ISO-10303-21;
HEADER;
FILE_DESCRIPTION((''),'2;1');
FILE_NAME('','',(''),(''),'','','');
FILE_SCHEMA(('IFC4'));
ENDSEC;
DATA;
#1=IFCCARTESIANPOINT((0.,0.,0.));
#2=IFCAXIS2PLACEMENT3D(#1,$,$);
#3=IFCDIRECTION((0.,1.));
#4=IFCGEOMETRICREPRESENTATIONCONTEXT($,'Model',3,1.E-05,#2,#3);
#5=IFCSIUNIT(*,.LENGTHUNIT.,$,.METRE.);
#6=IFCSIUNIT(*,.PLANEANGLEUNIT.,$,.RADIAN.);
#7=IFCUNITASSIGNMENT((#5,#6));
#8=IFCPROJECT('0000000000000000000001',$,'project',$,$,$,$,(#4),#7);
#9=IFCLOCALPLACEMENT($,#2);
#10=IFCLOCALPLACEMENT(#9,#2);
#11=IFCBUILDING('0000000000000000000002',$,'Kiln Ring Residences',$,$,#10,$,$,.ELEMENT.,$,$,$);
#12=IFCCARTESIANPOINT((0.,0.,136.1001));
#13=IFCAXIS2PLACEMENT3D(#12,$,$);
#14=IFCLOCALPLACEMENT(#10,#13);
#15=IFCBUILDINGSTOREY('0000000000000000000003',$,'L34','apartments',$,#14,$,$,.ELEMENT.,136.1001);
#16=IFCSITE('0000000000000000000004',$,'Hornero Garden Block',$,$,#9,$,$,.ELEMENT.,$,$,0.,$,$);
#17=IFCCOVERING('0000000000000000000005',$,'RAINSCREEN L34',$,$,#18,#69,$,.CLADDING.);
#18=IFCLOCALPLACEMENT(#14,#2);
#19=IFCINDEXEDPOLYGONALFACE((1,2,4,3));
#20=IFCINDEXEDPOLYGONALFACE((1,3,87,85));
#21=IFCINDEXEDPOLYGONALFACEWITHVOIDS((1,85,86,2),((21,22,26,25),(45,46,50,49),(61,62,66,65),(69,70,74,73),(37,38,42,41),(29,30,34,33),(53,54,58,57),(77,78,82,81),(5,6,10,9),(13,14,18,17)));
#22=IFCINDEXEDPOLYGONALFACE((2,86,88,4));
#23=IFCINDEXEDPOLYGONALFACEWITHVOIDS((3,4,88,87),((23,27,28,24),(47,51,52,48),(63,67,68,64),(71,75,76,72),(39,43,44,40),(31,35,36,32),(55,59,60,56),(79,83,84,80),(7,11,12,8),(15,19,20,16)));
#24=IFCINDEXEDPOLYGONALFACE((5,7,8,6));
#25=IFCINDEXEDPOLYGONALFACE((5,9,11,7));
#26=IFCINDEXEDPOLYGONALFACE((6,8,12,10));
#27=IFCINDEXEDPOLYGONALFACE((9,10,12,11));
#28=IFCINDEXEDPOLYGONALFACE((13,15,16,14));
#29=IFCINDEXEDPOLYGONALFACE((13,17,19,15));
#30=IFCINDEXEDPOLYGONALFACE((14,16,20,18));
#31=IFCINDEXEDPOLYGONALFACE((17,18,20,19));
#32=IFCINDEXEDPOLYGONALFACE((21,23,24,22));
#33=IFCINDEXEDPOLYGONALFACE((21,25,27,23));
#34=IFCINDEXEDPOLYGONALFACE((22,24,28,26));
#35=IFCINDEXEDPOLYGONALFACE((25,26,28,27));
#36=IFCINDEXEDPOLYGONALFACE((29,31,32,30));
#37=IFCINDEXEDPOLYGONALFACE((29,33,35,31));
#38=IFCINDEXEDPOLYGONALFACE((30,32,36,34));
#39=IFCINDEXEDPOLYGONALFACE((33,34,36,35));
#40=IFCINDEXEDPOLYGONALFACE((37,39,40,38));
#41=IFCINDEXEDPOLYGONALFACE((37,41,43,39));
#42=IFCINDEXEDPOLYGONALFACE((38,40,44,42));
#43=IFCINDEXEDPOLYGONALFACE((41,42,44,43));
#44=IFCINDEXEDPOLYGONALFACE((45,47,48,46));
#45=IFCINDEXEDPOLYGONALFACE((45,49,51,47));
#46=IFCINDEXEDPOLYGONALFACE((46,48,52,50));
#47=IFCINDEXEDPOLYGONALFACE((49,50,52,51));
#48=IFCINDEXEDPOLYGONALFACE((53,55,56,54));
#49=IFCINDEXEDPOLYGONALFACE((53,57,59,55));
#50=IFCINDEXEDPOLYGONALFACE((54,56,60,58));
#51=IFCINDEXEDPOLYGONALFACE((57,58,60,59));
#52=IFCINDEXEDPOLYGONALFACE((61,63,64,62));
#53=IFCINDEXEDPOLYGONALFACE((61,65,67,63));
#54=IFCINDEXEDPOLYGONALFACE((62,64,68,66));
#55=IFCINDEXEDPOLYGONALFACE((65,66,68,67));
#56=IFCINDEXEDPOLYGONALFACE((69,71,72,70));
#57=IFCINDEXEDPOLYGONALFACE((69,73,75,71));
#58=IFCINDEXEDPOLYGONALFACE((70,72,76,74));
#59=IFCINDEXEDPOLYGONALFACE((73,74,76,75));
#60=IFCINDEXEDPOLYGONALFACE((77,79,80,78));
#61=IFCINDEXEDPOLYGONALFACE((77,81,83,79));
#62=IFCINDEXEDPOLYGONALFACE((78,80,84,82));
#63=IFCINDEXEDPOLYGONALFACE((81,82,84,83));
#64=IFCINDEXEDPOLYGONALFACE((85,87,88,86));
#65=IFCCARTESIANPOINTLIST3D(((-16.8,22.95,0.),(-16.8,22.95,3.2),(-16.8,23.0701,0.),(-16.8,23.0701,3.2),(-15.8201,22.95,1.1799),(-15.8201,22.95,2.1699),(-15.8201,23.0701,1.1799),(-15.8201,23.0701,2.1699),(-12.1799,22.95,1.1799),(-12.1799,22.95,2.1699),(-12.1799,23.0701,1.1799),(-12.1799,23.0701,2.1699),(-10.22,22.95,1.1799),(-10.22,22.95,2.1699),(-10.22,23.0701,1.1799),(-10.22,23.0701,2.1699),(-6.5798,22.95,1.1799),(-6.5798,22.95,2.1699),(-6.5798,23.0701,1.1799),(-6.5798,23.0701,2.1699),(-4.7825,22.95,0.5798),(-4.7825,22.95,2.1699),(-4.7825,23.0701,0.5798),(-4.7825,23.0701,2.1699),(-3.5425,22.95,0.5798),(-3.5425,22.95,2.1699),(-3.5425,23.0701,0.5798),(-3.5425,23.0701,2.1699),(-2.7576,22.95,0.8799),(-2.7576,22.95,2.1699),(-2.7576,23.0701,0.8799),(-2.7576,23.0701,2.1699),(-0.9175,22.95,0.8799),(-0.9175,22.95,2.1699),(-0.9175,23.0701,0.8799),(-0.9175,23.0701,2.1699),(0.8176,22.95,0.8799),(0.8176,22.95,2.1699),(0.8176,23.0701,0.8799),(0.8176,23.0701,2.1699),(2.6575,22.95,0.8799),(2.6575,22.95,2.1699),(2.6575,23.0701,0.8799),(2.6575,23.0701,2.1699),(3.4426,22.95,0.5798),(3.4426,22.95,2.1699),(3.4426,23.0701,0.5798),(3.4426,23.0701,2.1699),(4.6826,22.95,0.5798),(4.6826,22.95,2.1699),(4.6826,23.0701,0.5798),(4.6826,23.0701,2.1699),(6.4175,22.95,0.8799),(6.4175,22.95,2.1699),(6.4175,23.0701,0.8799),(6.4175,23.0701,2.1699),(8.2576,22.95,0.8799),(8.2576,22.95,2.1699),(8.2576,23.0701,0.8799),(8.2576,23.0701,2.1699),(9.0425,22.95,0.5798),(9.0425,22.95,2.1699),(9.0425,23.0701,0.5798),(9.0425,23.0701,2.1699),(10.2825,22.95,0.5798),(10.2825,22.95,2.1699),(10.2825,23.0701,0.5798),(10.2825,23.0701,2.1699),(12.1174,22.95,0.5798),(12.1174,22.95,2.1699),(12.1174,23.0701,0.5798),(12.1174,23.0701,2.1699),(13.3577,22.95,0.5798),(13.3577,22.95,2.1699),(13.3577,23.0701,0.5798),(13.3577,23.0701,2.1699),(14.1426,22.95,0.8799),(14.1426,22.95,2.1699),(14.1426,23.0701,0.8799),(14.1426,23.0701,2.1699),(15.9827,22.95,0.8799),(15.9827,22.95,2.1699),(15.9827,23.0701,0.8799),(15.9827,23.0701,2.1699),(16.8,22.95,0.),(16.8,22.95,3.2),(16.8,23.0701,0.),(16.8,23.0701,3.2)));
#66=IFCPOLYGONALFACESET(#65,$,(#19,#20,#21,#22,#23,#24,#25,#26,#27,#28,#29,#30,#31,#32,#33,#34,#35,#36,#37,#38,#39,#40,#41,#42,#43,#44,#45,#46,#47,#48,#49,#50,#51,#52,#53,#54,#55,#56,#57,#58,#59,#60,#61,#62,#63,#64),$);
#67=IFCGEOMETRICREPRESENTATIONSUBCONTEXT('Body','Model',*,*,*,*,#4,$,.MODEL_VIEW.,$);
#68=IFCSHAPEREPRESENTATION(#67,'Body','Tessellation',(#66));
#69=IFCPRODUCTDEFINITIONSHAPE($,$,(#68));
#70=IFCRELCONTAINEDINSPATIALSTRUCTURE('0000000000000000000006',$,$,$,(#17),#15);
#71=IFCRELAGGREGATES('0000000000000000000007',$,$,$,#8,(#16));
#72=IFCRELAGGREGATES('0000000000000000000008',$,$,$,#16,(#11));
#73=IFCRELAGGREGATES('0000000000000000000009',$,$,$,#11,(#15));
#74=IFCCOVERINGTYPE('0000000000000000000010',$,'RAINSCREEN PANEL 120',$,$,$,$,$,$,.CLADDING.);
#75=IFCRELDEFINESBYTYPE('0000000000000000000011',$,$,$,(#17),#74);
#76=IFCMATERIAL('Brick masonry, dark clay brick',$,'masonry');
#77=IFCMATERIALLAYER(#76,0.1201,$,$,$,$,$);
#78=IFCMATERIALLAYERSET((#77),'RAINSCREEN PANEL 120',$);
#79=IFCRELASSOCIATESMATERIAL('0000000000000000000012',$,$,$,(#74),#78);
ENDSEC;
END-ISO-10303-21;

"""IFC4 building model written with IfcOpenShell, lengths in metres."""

from ifc_helpers import new_model, si_unit, direction, frame, origin, place, context, subcontext, project, spatial, polyline, outline, extrude, material, layer, layer_set, type_object, element, save


model = new_model("IFC4")

# Units and contexts
model_context = context("Model", 3, precision=1e-05, world=origin(), true_north=direction((0.0, 1.0)))
body_context = subcontext(model_context, "Body", "Model", "MODEL_VIEW")
ifc_project = project(units=[si_unit("LENGTHUNIT", "METRE"), si_unit("PLANEANGLEUNIT", "RADIAN")], contexts=[model_context])

# Site, building, storey
site_placement = place(None, origin())
site = spatial("IfcSite", under=ifc_project, at=site_placement, Name="Hornero Garden Block", CompositionType="ELEMENT", RefElevation=0.0)
building_placement = place(site_placement, origin())
building = spatial("IfcBuilding", under=site, at=building_placement, Name="Kiln Ring Residences", CompositionType="ELEMENT")
storey_placement = place(building_placement, frame((0.0, 0.0, 136.1001)))
storey = spatial("IfcBuildingStorey", under=building, at=storey_placement, Name="L34", Description="apartments", CompositionType="ELEMENT", Elevation=136.1001)

# Covering
ifc_material_1 = material(Name="Brick masonry, dark clay brick", Category="masonry")
ifc_layer_1 = layer(ifc_material_1, 0.1201)
ifc_layer_set_1 = layer_set([ifc_layer_1], Name="RAINSCREEN PANEL 120")
covering_type = type_object("IfcCoveringType", Name="RAINSCREEN PANEL 120", PredefinedType="CLADDING", material=ifc_layer_set_1)
covering_placement = place(storey_placement, frame((16.8, 23.01, 0.0), z_axis=(0.0, 0.0, 1.0), x_axis=(-1.0, 0.0, 0.0)))
element("IfcCovering", 1, at=covering_placement, inside=storey, type_object=covering_type, Name="RAINSCREEN L34", PredefinedType="CLADDING", context=body_context, shape_type="SweptSolid", body=[
    extrude(outline(polyline([(0.0, 0.0), (33.6001, 0.0), (33.6001, 3.2), (0.0, 3.2), (0.0, 0.0)]), holes=[polyline([(3.4424, 0.5798), (4.6826, 0.5798), (4.6826, 2.1699), (3.4424, 2.1699), (3.4424, 0.5798)]), polyline([(6.5176, 0.5798), (7.7576, 0.5798), (7.7576, 2.1699), (6.5176, 2.1699), (6.5176, 0.5798)]), polyline([(12.1174, 0.5798), (13.3574, 0.5798), (13.3574, 2.1699), (12.1174, 2.1699), (12.1174, 0.5798)]), polyline([(20.3425, 2.1699), (20.3425, 0.5798), (21.5825, 0.5798), (21.5825, 2.1699), (20.3425, 2.1699)]), polyline([(0.8174, 2.1699), (0.8174, 0.8799), (2.6575, 0.8799), (2.6575, 2.1699), (0.8174, 2.1699)]), polyline([(8.5425, 0.8799), (10.3826, 0.8799), (10.3826, 2.1699), (8.5425, 2.1699), (8.5425, 0.8799)]), polyline([(14.1426, 0.8799), (15.9824, 0.8799), (15.9824, 2.1699), (14.1426, 2.1699), (14.1426, 0.8799)]), polyline([(17.7175, 0.8799), (19.5576, 0.8799), (19.5576, 2.1699), (17.7175, 2.1699), (17.7175, 0.8799)]), polyline([(23.3799, 2.1699), (23.3799, 1.1799), (27.02, 1.1799), (27.02, 2.1699), (23.3799, 2.1699)]), polyline([(28.98, 2.1699), (28.98, 1.1799), (32.6201, 1.1799), (32.6201, 2.1699), (28.98, 2.1699)])]), frame((0.0, 0.0601, 0.0), z_axis=(0.0, -1.0, 0.0), x_axis=(1.0, 0.0, 0.0)), (0.0, 0.0, 1.0), 0.1201),
])

save(model, "model.ifc")
